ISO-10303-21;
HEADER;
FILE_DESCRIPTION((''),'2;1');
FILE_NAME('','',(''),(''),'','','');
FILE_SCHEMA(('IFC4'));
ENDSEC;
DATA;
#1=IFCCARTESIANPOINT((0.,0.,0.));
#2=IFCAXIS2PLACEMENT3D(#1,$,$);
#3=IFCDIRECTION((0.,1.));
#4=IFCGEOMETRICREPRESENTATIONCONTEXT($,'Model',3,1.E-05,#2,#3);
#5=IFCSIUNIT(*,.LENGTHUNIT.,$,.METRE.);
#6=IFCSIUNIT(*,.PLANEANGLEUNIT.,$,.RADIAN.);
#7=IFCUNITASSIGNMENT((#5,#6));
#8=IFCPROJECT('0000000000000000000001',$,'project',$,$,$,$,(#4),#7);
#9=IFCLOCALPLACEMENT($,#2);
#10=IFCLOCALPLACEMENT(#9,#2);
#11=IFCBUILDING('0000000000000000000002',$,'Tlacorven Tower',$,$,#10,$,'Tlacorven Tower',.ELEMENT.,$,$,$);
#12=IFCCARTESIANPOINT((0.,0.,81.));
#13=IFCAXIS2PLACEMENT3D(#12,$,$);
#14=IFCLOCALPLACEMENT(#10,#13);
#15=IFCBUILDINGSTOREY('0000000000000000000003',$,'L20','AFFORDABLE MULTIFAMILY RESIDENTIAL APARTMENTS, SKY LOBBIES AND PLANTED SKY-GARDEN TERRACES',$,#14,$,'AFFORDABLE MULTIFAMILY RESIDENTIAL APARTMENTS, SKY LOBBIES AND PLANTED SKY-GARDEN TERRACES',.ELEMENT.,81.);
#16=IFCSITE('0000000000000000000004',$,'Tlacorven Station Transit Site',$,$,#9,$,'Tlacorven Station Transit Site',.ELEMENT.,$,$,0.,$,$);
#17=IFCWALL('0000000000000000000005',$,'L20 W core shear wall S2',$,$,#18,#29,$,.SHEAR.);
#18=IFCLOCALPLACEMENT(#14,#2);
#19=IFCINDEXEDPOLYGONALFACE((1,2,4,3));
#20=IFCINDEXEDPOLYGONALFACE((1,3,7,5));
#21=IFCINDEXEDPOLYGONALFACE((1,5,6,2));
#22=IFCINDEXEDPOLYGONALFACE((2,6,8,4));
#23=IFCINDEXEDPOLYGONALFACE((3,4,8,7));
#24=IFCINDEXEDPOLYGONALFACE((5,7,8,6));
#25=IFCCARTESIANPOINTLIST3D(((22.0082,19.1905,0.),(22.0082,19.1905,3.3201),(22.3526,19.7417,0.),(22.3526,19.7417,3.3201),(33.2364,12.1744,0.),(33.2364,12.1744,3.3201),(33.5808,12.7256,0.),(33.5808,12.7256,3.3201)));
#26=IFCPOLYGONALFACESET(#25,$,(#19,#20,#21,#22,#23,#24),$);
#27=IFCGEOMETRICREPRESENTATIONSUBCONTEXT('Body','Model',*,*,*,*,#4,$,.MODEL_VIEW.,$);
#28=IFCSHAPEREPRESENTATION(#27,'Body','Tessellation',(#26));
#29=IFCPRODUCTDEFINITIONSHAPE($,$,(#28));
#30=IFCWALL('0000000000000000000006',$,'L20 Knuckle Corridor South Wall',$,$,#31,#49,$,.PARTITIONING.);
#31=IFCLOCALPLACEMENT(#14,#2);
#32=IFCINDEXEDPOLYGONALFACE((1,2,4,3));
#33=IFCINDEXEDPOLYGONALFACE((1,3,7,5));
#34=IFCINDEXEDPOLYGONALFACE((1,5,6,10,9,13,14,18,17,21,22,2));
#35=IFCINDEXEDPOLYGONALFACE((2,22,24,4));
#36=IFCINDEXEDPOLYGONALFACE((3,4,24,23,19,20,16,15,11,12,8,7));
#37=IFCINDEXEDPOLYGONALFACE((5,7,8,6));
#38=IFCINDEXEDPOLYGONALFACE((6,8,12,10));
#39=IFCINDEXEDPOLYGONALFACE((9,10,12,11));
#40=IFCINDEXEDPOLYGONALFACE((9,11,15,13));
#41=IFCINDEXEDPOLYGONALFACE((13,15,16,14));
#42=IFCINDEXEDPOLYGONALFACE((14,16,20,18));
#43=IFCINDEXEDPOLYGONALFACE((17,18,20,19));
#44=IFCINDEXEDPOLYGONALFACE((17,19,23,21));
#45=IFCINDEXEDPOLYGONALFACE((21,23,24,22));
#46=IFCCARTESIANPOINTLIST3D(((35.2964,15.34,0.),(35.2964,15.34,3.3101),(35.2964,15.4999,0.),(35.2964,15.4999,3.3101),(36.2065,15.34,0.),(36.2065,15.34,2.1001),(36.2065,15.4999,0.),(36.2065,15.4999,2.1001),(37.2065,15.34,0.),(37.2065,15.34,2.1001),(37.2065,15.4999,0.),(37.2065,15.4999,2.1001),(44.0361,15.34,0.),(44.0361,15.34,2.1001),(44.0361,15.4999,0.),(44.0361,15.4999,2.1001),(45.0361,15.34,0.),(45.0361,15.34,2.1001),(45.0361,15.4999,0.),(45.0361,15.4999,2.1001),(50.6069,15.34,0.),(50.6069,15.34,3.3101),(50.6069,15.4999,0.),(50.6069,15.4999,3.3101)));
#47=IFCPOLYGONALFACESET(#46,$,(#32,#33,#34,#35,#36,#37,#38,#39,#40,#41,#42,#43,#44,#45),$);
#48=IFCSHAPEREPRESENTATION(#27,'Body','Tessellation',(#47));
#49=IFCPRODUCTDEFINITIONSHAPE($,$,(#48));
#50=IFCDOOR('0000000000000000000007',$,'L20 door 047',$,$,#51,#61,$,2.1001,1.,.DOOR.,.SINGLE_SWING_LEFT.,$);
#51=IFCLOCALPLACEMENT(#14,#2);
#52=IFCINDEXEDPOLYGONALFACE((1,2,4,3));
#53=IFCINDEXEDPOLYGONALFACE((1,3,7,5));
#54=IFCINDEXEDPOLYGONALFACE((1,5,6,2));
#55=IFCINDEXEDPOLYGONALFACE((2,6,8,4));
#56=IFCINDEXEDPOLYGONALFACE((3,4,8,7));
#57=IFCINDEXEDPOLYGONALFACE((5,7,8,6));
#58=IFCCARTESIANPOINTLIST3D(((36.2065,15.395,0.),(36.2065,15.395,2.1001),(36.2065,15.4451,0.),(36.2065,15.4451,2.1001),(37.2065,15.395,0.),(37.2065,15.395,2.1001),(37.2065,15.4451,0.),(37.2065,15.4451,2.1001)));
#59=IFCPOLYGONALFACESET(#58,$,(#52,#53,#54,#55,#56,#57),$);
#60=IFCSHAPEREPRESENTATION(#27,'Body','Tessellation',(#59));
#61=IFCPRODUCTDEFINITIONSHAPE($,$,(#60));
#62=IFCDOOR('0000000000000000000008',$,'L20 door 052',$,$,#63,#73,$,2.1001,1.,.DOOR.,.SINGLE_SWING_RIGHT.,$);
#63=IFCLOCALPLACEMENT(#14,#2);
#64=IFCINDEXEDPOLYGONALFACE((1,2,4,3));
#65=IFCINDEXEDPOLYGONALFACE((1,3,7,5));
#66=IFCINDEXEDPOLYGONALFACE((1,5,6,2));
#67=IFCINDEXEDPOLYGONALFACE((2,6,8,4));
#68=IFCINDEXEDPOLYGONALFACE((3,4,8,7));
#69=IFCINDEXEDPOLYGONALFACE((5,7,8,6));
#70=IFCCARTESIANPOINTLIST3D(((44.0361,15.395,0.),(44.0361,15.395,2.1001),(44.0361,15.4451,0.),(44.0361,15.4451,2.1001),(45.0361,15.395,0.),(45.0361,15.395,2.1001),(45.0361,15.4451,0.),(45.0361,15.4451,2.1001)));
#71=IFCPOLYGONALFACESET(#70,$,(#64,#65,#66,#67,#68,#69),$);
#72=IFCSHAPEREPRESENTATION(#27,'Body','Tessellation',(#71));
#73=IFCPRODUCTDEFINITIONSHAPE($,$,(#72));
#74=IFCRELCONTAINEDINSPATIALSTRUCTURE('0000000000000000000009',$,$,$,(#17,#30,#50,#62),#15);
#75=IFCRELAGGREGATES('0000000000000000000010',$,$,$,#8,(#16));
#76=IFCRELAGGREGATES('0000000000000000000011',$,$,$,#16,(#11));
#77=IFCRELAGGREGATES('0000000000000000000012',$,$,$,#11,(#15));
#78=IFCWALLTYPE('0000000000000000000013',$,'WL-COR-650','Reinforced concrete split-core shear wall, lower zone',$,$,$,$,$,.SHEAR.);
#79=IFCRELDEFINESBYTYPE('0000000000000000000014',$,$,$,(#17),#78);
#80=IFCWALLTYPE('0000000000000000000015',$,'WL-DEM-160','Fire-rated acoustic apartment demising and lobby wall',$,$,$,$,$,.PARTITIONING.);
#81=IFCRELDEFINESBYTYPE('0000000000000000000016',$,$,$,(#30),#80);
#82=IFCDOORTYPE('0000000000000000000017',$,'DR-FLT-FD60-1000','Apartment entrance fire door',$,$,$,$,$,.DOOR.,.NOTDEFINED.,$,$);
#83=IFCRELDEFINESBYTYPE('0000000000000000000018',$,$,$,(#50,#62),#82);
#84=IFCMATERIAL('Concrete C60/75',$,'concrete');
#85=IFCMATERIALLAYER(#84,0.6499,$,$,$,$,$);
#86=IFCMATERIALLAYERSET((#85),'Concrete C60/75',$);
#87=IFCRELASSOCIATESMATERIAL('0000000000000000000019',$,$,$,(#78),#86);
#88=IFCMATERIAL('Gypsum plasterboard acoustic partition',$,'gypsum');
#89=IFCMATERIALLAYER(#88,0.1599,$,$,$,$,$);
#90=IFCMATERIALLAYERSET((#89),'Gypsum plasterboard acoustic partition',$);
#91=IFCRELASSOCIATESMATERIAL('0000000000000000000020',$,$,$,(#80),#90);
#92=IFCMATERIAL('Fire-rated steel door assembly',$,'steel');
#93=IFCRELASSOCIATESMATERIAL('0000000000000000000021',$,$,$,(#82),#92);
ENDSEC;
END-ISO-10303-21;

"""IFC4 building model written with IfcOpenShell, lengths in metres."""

from ifc_helpers import new_model, si_unit, direction, frame, frame_2d, origin, place, context, subcontext, project, spatial, rectangle, extrude, source, transform, mapped, material, layer, layer_set, type_object, element, fill, save


model = new_model("IFC4")

# Units and contexts
model_context = context("Model", 3, precision=1e-05, world=origin(), true_north=direction((0.0, 1.0)))
body_context = subcontext(model_context, "Body", "Model", "MODEL_VIEW")
ifc_project = project(units=[si_unit("LENGTHUNIT", "METRE"), si_unit("PLANEANGLEUNIT", "RADIAN")], contexts=[model_context])

# Site, building, storey
site_placement = place(None, origin())
site = spatial("IfcSite", under=ifc_project, at=site_placement, Name="Tlacorven Station Transit Site", LongName="Tlacorven Station Transit Site", CompositionType="ELEMENT", RefElevation=0.0)
building_placement = place(site_placement, origin())
building = spatial("IfcBuilding", under=site, at=building_placement, Name="Tlacorven Tower", LongName="Tlacorven Tower", CompositionType="ELEMENT")
storey_placement = place(building_placement, frame((0.0, 0.0, 81.0)))
storey = spatial("IfcBuildingStorey", under=building, at=storey_placement, Name="L20", Description="AFFORDABLE MULTIFAMILY RESIDENTIAL APARTMENTS, SKY LOBBIES AND PLANTED SKY-GARDEN TERRACES", LongName="AFFORDABLE MULTIFAMILY RESIDENTIAL APARTMENTS, SKY LOBBIES AND PLANTED SKY-GARDEN TERRACES", CompositionType="ELEMENT", Elevation=81.0)

# Wall
ifc_material_1 = material(Name="Concrete C60/75", Category="concrete")
ifc_layer_1 = layer(ifc_material_1, 0.6499)
ifc_layer_set_1 = layer_set([ifc_layer_1], Name="Concrete C60/75")
wall_type_1 = type_object("IfcWallType", Name="WL-COR-650", Description="Reinforced concrete split-core shear wall, lower zone", PredefinedType="SHEAR", material=ifc_layer_set_1)
wall_1_placement = place(storey_placement, frame((33.4087, 12.45, 0.0), z_axis=(0.0, 0.0, 1.0), x_axis=(-0.848051, 0.529914, 0.0)))
element("IfcWall", 1, at=wall_1_placement, inside=storey, type_object=wall_type_1, Name="L20 W core shear wall S2", PredefinedType="SHEAR", context=body_context, shape_type="SweptSolid", body=[
    extrude(rectangle(XDim=13.24, YDim=0.6499, at=frame_2d((6.6201, 0.0))), origin(), (0.0, 0.0, 1.0), 3.3201),
])

# Wall, openings, doors
ifc_material_2 = material(Name="Gypsum plasterboard acoustic partition", Category="gypsum")
ifc_layer_2 = layer(ifc_material_2, 0.1599)
ifc_layer_set_2 = layer_set([ifc_layer_2], Name="Gypsum plasterboard acoustic partition")
wall_type_2 = type_object("IfcWallType", Name="WL-DEM-160", Description="Fire-rated acoustic apartment demising and lobby wall", PredefinedType="PARTITIONING", material=ifc_layer_set_2)
wall_2_placement = place(storey_placement, frame((35.2964, 15.4199, 0.0), z_axis=(0.0, 0.0, 1.0), x_axis=(1.0, 0.0, 0.0)))
wall_2 = element("IfcWall", 2, at=wall_2_placement, inside=storey, type_object=wall_type_2, Name="L20 Knuckle Corridor South Wall", PredefinedType="PARTITIONING", context=body_context, shape_type="SweptSolid", body=[
    extrude(rectangle(XDim=15.3105, YDim=0.1599, at=frame_2d((7.6553, 0.0))), origin(), (0.0, 0.0, 1.0), 3.3101),
])
opening_1_placement = place(wall_2_placement, frame((0.9102, 0.0, 0.0)))
opening_1 = element("IfcOpeningElement", 3, at=opening_1_placement, cuts=wall_2, PredefinedType="OPENING", context=body_context, shape_type="SweptSolid", body=[
    extrude(rectangle(XDim=1.0, YDim=2.1001, at=frame_2d((0.5, 1.05))), frame((0.0, 0.0898, 0.0), z_axis=(0.0, -1.0, 0.0), x_axis=(1.0, 0.0, 0.0)), (0.0, 0.0, 1.0), 0.1799),
])
opening_2_placement = place(wall_2_placement, frame((8.7397, 0.0, 0.0)))
opening_2 = element("IfcOpeningElement", 4, at=opening_2_placement, cuts=wall_2, PredefinedType="OPENING", context=body_context, shape_type="SweptSolid", body=[
    extrude(rectangle(XDim=1.0, YDim=2.1001, at=frame_2d((0.5, 1.05))), frame((0.0, 0.0898, 0.0), z_axis=(0.0, -1.0, 0.0), x_axis=(1.0, 0.0, 0.0)), (0.0, 0.0, 1.0), 0.1799),
])
ifc_material_3 = material(Name="Fire-rated steel door assembly", Category="steel")
door_type_1 = type_object("IfcDoorType", Name="DR-FLT-FD60-1000", Description="Apartment entrance fire door", OperationType="NOTDEFINED", PredefinedType="DOOR", material=ifc_material_3)
shared_shape_1 = source(origin(), body_context, "Body", "SweptSolid", [
    extrude(rectangle(XDim=1.0, YDim=2.1001, at=frame_2d((0.5, 1.05))), frame((0.0, 0.0249, 0.0), z_axis=(0.0, -1.0, 0.0), x_axis=(1.0, 0.0, 0.0)), (0.0, 0.0, 1.0), 0.05),
])
door_1_placement = place(opening_1_placement, frame((1.0, 0.0, 0.0), z_axis=(0.0, 0.0, 1.0), x_axis=(-1.0, 0.0, 0.0)))
door_1 = element("IfcDoor", 5, at=door_1_placement, inside=storey, type_object=door_type_1, Name="L20 door 047", OperationType="SINGLE_SWING_LEFT", OverallHeight=2.1001, OverallWidth=1.0, PredefinedType="DOOR", context=body_context, shape_type="MappedRepresentation", body=[
    mapped(shared_shape_1, transform((0.0, 0.0, 0.0), scale=1.0)),
])
fill(opening_1, door_1)
door_2_placement = place(opening_2_placement, frame((1.0, 0.0, 0.0), z_axis=(0.0, 0.0, 1.0), x_axis=(-1.0, 0.0, 0.0)))
door_2 = element("IfcDoor", 6, at=door_2_placement, inside=storey, type_object=door_type_1, Name="L20 door 052", OperationType="SINGLE_SWING_RIGHT", OverallHeight=2.1001, OverallWidth=1.0, PredefinedType="DOOR", context=body_context, shape_type="MappedRepresentation", body=[
    mapped(shared_shape_1, transform((0.0, 0.0, 0.0), scale=1.0)),
])
fill(opening_2, door_2)

save(model, "model.ifc")
